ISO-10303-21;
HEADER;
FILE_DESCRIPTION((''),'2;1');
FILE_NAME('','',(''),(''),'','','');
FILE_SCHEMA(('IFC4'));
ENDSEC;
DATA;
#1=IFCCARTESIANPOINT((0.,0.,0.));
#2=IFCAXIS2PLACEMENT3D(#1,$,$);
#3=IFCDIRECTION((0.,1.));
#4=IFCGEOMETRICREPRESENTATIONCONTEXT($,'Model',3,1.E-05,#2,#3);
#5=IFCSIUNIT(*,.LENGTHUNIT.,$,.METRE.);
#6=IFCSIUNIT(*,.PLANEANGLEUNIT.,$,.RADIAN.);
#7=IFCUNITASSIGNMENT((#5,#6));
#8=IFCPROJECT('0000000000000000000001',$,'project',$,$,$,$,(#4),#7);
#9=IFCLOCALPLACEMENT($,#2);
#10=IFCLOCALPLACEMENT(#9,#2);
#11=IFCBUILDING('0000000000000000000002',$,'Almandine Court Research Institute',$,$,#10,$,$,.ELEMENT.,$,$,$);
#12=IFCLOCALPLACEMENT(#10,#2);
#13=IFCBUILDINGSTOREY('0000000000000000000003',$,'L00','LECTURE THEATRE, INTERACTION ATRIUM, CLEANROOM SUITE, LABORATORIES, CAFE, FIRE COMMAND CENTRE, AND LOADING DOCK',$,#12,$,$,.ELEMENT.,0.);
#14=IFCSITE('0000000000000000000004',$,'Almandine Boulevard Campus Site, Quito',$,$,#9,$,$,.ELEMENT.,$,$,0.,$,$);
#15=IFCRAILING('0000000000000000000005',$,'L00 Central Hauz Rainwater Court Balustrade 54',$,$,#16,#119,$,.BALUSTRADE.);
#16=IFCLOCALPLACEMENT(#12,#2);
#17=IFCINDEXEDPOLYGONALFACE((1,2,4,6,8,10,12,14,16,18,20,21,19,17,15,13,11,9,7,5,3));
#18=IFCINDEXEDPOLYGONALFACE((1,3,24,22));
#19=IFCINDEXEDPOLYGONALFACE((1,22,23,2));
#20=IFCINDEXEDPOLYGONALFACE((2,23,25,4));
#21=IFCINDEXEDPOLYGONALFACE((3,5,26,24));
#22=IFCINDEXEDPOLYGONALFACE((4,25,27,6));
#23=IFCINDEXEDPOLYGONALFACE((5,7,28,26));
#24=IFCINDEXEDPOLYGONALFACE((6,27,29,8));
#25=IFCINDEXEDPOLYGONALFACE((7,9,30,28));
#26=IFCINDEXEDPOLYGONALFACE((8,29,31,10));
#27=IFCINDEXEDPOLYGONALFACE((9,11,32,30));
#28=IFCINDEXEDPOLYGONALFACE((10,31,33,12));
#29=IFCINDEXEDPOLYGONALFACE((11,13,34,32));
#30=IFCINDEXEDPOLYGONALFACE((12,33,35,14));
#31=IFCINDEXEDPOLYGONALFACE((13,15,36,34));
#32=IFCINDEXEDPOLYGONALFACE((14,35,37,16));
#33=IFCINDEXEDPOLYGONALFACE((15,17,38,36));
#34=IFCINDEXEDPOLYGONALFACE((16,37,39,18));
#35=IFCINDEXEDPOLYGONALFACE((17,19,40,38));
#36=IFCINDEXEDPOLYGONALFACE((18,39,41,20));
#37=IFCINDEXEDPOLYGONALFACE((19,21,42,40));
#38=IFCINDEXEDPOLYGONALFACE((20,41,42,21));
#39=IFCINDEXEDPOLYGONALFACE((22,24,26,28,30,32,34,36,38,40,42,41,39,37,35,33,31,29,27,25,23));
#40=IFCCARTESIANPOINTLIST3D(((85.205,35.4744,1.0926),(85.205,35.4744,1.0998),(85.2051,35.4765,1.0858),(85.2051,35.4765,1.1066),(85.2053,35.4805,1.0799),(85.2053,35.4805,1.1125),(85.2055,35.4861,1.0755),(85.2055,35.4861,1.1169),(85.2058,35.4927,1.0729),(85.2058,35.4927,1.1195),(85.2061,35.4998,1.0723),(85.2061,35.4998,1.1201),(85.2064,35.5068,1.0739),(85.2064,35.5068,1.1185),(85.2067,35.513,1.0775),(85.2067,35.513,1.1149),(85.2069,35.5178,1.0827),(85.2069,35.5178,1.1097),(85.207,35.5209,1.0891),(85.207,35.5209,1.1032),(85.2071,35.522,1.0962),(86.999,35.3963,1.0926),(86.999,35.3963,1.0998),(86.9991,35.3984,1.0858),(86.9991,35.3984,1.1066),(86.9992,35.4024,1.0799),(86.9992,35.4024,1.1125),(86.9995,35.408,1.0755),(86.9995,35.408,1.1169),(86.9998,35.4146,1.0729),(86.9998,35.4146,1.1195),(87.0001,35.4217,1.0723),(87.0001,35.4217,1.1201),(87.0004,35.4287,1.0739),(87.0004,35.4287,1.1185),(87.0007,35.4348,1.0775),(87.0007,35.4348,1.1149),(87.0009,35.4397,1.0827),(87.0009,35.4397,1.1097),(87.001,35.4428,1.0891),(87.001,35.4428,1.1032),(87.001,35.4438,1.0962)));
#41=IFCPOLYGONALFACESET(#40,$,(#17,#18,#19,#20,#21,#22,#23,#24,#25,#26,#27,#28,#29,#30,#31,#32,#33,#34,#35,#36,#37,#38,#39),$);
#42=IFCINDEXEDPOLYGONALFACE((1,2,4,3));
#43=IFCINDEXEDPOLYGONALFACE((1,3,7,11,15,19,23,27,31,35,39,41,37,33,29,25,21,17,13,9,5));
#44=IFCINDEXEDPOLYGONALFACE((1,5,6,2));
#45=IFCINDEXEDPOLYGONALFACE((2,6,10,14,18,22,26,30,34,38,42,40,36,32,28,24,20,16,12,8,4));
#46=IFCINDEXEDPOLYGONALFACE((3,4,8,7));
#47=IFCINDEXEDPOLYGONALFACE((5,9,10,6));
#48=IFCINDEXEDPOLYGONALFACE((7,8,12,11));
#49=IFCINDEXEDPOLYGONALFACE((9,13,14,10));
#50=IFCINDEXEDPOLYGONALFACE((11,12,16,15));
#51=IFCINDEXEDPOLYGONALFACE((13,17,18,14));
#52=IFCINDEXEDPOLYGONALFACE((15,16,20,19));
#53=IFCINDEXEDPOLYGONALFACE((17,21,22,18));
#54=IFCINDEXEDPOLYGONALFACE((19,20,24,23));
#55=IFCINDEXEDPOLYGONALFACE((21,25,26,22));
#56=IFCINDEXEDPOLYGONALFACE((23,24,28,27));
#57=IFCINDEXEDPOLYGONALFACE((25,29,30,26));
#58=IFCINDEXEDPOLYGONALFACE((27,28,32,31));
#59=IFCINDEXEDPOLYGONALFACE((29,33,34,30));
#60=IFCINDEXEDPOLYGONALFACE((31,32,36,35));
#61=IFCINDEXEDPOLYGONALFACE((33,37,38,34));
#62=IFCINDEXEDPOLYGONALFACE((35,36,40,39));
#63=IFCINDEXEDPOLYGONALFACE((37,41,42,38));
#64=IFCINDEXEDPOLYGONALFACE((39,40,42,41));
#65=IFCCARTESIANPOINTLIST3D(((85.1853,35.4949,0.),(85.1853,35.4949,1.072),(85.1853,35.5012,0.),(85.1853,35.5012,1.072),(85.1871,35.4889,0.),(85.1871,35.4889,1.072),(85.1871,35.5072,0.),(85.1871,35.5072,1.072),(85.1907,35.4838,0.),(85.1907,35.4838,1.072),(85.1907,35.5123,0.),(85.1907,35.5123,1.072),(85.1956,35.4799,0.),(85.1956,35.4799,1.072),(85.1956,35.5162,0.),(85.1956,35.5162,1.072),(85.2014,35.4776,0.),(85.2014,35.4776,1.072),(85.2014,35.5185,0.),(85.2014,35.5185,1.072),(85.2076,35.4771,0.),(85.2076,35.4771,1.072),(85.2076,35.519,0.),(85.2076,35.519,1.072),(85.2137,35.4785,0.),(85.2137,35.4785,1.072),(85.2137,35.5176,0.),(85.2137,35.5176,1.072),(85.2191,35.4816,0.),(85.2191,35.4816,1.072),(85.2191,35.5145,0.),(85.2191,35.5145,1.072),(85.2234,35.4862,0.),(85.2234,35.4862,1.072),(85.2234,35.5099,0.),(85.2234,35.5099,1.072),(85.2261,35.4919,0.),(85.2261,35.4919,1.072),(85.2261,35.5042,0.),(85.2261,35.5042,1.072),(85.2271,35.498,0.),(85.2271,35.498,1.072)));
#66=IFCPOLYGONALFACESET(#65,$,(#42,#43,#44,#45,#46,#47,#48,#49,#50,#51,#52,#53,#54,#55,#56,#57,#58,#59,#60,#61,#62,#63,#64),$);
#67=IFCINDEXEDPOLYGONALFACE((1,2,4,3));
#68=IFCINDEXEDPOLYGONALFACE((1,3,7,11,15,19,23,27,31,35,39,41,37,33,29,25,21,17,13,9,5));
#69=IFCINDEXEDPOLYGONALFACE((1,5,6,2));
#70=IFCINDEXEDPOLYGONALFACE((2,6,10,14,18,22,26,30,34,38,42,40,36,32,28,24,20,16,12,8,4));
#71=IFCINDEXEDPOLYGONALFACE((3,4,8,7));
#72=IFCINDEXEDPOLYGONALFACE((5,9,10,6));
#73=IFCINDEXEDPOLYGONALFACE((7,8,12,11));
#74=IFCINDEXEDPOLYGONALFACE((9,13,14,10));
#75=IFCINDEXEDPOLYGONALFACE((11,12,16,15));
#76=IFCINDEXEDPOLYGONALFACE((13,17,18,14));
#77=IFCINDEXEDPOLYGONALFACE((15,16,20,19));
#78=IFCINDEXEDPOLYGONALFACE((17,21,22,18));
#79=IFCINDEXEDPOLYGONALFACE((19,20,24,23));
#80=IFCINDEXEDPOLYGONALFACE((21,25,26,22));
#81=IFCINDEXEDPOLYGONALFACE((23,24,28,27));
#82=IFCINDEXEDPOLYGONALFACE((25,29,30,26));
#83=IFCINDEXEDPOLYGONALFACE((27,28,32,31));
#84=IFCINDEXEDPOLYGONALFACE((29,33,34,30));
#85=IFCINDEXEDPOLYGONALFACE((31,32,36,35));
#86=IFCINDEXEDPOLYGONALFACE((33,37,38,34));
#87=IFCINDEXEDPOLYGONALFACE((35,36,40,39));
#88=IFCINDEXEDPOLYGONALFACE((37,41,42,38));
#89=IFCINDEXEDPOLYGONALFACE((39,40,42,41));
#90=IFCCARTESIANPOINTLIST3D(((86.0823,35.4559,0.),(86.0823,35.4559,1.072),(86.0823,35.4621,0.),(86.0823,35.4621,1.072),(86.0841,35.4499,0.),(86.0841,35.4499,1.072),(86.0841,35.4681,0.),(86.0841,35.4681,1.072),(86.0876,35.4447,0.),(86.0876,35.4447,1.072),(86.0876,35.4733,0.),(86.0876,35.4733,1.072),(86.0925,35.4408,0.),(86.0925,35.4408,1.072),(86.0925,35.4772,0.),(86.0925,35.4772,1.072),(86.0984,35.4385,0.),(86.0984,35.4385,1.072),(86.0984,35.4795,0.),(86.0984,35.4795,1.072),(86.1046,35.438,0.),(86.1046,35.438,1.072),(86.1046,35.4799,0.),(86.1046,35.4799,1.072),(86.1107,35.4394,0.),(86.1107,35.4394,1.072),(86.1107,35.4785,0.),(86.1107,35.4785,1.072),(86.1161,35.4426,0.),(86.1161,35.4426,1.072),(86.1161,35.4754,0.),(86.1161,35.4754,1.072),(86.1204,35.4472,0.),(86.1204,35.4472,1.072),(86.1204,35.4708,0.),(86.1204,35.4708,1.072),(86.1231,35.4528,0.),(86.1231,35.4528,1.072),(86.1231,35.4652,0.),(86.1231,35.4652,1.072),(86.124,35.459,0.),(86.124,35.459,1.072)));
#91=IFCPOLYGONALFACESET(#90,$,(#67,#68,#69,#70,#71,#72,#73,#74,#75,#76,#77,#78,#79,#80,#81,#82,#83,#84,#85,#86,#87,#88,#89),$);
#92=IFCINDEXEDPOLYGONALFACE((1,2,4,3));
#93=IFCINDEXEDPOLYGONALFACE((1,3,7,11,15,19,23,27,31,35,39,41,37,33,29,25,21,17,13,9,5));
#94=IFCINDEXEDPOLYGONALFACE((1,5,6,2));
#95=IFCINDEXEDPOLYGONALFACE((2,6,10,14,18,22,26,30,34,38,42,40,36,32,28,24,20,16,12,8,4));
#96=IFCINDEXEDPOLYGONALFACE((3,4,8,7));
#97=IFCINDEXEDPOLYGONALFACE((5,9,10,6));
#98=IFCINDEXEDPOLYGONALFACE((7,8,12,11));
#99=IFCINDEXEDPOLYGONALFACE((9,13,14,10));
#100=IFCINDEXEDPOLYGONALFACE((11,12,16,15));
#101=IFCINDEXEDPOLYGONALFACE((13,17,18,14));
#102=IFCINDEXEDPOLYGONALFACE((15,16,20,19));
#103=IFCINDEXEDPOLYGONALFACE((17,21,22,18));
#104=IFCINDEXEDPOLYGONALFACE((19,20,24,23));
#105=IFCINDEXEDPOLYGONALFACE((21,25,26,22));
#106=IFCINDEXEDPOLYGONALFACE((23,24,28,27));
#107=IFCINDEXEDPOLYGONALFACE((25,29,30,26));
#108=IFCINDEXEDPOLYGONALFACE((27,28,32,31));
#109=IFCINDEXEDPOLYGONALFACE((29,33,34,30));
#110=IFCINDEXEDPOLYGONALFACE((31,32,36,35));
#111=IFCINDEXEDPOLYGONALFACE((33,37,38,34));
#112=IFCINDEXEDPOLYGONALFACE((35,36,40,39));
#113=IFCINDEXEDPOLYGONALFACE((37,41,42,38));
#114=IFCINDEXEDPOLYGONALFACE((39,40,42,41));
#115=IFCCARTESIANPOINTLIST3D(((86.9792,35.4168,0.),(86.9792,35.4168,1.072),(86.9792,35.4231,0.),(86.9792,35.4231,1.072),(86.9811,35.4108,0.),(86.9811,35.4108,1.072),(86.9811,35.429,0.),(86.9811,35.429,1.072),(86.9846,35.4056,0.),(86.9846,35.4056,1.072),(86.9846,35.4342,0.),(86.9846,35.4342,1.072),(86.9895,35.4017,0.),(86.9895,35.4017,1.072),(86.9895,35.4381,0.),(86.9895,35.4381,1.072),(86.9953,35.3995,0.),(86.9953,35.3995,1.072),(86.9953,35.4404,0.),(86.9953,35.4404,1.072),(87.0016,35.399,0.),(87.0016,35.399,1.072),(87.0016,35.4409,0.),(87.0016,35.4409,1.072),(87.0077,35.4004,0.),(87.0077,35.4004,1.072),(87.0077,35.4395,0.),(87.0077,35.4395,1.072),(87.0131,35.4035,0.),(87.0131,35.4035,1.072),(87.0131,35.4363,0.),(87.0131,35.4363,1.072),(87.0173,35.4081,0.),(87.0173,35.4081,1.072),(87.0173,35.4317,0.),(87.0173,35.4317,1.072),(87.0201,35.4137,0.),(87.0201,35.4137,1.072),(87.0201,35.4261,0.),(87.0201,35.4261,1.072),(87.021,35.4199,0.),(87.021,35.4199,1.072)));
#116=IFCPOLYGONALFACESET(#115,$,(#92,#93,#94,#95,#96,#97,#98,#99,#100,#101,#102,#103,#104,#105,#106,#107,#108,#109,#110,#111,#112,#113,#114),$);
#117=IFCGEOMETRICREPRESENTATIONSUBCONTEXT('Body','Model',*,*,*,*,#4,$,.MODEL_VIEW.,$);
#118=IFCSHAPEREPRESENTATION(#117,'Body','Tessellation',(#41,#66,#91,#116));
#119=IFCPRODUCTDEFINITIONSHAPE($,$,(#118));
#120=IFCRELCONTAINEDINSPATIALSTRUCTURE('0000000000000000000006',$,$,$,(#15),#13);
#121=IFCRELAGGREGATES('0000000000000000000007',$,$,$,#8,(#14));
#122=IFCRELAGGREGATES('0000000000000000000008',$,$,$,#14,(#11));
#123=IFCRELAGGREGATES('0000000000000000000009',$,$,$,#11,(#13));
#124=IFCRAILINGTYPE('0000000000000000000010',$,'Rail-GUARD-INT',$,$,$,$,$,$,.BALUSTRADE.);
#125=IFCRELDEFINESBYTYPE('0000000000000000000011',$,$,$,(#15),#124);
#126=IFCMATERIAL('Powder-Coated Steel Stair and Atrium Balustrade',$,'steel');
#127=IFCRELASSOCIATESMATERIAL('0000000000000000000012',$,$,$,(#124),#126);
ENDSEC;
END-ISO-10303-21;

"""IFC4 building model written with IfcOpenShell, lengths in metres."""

from ifc_helpers import new_model, si_unit, direction, frame, origin, origin_2d, place, context, subcontext, project, spatial, circle, extrude, material, type_object, element, save


model = new_model("IFC4")

# Units and contexts
model_context = context("Model", 3, precision=1e-05, world=origin(), true_north=direction((0.0, 1.0)))
body_context = subcontext(model_context, "Body", "Model", "MODEL_VIEW")
ifc_project = project(units=[si_unit("LENGTHUNIT", "METRE"), si_unit("PLANEANGLEUNIT", "RADIAN")], contexts=[model_context])

# Site, building, storey
site_placement = place(None, origin())
site = spatial("IfcSite", under=ifc_project, at=site_placement, Name="Almandine Boulevard Campus Site, Quito", CompositionType="ELEMENT", RefElevation=0.0)
building_placement = place(site_placement, origin())
building = spatial("IfcBuilding", under=site, at=building_placement, Name="Almandine Court Research Institute", CompositionType="ELEMENT")
storey_placement = place(building_placement, origin())
storey = spatial("IfcBuildingStorey", under=building, at=storey_placement, Name="L00", Description="LECTURE THEATRE, INTERACTION ATRIUM, CLEANROOM SUITE, LABORATORIES, CAFE, FIRE COMMAND CENTRE, AND LOADING DOCK", CompositionType="ELEMENT", Elevation=0.0)

# Railing
ifc_material_1 = material(Name="Powder-Coated Steel Stair and Atrium Balustrade", Category="steel")
railing_type = type_object("IfcRailingType", Name="Rail-GUARD-INT", PredefinedType="BALUSTRADE", material=ifc_material_1)
railing_1_placement = place(storey_placement, frame((85.2061, 35.498, 0.0)))
element("IfcRailing", 1, at=railing_1_placement, inside=storey, type_object=railing_type, Name="L00 Central Hauz Rainwater Court Balustrade 54", PredefinedType="BALUSTRADE", context=body_context, shape_type="SweptSolid", body=[
    extrude(circle(Radius=0.0239, at=origin_2d()), frame((0.0, 0.0, 1.0962), z_axis=(0.999053, -0.043508, 0.0), x_axis=(0.043508, 0.999053, 0.0)), (0.0, 0.0, 1.0), 1.7957),
    extrude(circle(Radius=0.021, at=origin_2d()), origin(), (0.0, 0.0, 1.0), 1.072),
    extrude(circle(Radius=0.021, at=origin_2d()), frame((0.897, -0.0391, 0.0)), (0.0, 0.0, 1.0), 1.072),
    extrude(circle(Radius=0.021, at=origin_2d()), frame((1.7939, -0.0781, 0.0)), (0.0, 0.0, 1.0), 1.072),
])

save(model, "model.ifc")
